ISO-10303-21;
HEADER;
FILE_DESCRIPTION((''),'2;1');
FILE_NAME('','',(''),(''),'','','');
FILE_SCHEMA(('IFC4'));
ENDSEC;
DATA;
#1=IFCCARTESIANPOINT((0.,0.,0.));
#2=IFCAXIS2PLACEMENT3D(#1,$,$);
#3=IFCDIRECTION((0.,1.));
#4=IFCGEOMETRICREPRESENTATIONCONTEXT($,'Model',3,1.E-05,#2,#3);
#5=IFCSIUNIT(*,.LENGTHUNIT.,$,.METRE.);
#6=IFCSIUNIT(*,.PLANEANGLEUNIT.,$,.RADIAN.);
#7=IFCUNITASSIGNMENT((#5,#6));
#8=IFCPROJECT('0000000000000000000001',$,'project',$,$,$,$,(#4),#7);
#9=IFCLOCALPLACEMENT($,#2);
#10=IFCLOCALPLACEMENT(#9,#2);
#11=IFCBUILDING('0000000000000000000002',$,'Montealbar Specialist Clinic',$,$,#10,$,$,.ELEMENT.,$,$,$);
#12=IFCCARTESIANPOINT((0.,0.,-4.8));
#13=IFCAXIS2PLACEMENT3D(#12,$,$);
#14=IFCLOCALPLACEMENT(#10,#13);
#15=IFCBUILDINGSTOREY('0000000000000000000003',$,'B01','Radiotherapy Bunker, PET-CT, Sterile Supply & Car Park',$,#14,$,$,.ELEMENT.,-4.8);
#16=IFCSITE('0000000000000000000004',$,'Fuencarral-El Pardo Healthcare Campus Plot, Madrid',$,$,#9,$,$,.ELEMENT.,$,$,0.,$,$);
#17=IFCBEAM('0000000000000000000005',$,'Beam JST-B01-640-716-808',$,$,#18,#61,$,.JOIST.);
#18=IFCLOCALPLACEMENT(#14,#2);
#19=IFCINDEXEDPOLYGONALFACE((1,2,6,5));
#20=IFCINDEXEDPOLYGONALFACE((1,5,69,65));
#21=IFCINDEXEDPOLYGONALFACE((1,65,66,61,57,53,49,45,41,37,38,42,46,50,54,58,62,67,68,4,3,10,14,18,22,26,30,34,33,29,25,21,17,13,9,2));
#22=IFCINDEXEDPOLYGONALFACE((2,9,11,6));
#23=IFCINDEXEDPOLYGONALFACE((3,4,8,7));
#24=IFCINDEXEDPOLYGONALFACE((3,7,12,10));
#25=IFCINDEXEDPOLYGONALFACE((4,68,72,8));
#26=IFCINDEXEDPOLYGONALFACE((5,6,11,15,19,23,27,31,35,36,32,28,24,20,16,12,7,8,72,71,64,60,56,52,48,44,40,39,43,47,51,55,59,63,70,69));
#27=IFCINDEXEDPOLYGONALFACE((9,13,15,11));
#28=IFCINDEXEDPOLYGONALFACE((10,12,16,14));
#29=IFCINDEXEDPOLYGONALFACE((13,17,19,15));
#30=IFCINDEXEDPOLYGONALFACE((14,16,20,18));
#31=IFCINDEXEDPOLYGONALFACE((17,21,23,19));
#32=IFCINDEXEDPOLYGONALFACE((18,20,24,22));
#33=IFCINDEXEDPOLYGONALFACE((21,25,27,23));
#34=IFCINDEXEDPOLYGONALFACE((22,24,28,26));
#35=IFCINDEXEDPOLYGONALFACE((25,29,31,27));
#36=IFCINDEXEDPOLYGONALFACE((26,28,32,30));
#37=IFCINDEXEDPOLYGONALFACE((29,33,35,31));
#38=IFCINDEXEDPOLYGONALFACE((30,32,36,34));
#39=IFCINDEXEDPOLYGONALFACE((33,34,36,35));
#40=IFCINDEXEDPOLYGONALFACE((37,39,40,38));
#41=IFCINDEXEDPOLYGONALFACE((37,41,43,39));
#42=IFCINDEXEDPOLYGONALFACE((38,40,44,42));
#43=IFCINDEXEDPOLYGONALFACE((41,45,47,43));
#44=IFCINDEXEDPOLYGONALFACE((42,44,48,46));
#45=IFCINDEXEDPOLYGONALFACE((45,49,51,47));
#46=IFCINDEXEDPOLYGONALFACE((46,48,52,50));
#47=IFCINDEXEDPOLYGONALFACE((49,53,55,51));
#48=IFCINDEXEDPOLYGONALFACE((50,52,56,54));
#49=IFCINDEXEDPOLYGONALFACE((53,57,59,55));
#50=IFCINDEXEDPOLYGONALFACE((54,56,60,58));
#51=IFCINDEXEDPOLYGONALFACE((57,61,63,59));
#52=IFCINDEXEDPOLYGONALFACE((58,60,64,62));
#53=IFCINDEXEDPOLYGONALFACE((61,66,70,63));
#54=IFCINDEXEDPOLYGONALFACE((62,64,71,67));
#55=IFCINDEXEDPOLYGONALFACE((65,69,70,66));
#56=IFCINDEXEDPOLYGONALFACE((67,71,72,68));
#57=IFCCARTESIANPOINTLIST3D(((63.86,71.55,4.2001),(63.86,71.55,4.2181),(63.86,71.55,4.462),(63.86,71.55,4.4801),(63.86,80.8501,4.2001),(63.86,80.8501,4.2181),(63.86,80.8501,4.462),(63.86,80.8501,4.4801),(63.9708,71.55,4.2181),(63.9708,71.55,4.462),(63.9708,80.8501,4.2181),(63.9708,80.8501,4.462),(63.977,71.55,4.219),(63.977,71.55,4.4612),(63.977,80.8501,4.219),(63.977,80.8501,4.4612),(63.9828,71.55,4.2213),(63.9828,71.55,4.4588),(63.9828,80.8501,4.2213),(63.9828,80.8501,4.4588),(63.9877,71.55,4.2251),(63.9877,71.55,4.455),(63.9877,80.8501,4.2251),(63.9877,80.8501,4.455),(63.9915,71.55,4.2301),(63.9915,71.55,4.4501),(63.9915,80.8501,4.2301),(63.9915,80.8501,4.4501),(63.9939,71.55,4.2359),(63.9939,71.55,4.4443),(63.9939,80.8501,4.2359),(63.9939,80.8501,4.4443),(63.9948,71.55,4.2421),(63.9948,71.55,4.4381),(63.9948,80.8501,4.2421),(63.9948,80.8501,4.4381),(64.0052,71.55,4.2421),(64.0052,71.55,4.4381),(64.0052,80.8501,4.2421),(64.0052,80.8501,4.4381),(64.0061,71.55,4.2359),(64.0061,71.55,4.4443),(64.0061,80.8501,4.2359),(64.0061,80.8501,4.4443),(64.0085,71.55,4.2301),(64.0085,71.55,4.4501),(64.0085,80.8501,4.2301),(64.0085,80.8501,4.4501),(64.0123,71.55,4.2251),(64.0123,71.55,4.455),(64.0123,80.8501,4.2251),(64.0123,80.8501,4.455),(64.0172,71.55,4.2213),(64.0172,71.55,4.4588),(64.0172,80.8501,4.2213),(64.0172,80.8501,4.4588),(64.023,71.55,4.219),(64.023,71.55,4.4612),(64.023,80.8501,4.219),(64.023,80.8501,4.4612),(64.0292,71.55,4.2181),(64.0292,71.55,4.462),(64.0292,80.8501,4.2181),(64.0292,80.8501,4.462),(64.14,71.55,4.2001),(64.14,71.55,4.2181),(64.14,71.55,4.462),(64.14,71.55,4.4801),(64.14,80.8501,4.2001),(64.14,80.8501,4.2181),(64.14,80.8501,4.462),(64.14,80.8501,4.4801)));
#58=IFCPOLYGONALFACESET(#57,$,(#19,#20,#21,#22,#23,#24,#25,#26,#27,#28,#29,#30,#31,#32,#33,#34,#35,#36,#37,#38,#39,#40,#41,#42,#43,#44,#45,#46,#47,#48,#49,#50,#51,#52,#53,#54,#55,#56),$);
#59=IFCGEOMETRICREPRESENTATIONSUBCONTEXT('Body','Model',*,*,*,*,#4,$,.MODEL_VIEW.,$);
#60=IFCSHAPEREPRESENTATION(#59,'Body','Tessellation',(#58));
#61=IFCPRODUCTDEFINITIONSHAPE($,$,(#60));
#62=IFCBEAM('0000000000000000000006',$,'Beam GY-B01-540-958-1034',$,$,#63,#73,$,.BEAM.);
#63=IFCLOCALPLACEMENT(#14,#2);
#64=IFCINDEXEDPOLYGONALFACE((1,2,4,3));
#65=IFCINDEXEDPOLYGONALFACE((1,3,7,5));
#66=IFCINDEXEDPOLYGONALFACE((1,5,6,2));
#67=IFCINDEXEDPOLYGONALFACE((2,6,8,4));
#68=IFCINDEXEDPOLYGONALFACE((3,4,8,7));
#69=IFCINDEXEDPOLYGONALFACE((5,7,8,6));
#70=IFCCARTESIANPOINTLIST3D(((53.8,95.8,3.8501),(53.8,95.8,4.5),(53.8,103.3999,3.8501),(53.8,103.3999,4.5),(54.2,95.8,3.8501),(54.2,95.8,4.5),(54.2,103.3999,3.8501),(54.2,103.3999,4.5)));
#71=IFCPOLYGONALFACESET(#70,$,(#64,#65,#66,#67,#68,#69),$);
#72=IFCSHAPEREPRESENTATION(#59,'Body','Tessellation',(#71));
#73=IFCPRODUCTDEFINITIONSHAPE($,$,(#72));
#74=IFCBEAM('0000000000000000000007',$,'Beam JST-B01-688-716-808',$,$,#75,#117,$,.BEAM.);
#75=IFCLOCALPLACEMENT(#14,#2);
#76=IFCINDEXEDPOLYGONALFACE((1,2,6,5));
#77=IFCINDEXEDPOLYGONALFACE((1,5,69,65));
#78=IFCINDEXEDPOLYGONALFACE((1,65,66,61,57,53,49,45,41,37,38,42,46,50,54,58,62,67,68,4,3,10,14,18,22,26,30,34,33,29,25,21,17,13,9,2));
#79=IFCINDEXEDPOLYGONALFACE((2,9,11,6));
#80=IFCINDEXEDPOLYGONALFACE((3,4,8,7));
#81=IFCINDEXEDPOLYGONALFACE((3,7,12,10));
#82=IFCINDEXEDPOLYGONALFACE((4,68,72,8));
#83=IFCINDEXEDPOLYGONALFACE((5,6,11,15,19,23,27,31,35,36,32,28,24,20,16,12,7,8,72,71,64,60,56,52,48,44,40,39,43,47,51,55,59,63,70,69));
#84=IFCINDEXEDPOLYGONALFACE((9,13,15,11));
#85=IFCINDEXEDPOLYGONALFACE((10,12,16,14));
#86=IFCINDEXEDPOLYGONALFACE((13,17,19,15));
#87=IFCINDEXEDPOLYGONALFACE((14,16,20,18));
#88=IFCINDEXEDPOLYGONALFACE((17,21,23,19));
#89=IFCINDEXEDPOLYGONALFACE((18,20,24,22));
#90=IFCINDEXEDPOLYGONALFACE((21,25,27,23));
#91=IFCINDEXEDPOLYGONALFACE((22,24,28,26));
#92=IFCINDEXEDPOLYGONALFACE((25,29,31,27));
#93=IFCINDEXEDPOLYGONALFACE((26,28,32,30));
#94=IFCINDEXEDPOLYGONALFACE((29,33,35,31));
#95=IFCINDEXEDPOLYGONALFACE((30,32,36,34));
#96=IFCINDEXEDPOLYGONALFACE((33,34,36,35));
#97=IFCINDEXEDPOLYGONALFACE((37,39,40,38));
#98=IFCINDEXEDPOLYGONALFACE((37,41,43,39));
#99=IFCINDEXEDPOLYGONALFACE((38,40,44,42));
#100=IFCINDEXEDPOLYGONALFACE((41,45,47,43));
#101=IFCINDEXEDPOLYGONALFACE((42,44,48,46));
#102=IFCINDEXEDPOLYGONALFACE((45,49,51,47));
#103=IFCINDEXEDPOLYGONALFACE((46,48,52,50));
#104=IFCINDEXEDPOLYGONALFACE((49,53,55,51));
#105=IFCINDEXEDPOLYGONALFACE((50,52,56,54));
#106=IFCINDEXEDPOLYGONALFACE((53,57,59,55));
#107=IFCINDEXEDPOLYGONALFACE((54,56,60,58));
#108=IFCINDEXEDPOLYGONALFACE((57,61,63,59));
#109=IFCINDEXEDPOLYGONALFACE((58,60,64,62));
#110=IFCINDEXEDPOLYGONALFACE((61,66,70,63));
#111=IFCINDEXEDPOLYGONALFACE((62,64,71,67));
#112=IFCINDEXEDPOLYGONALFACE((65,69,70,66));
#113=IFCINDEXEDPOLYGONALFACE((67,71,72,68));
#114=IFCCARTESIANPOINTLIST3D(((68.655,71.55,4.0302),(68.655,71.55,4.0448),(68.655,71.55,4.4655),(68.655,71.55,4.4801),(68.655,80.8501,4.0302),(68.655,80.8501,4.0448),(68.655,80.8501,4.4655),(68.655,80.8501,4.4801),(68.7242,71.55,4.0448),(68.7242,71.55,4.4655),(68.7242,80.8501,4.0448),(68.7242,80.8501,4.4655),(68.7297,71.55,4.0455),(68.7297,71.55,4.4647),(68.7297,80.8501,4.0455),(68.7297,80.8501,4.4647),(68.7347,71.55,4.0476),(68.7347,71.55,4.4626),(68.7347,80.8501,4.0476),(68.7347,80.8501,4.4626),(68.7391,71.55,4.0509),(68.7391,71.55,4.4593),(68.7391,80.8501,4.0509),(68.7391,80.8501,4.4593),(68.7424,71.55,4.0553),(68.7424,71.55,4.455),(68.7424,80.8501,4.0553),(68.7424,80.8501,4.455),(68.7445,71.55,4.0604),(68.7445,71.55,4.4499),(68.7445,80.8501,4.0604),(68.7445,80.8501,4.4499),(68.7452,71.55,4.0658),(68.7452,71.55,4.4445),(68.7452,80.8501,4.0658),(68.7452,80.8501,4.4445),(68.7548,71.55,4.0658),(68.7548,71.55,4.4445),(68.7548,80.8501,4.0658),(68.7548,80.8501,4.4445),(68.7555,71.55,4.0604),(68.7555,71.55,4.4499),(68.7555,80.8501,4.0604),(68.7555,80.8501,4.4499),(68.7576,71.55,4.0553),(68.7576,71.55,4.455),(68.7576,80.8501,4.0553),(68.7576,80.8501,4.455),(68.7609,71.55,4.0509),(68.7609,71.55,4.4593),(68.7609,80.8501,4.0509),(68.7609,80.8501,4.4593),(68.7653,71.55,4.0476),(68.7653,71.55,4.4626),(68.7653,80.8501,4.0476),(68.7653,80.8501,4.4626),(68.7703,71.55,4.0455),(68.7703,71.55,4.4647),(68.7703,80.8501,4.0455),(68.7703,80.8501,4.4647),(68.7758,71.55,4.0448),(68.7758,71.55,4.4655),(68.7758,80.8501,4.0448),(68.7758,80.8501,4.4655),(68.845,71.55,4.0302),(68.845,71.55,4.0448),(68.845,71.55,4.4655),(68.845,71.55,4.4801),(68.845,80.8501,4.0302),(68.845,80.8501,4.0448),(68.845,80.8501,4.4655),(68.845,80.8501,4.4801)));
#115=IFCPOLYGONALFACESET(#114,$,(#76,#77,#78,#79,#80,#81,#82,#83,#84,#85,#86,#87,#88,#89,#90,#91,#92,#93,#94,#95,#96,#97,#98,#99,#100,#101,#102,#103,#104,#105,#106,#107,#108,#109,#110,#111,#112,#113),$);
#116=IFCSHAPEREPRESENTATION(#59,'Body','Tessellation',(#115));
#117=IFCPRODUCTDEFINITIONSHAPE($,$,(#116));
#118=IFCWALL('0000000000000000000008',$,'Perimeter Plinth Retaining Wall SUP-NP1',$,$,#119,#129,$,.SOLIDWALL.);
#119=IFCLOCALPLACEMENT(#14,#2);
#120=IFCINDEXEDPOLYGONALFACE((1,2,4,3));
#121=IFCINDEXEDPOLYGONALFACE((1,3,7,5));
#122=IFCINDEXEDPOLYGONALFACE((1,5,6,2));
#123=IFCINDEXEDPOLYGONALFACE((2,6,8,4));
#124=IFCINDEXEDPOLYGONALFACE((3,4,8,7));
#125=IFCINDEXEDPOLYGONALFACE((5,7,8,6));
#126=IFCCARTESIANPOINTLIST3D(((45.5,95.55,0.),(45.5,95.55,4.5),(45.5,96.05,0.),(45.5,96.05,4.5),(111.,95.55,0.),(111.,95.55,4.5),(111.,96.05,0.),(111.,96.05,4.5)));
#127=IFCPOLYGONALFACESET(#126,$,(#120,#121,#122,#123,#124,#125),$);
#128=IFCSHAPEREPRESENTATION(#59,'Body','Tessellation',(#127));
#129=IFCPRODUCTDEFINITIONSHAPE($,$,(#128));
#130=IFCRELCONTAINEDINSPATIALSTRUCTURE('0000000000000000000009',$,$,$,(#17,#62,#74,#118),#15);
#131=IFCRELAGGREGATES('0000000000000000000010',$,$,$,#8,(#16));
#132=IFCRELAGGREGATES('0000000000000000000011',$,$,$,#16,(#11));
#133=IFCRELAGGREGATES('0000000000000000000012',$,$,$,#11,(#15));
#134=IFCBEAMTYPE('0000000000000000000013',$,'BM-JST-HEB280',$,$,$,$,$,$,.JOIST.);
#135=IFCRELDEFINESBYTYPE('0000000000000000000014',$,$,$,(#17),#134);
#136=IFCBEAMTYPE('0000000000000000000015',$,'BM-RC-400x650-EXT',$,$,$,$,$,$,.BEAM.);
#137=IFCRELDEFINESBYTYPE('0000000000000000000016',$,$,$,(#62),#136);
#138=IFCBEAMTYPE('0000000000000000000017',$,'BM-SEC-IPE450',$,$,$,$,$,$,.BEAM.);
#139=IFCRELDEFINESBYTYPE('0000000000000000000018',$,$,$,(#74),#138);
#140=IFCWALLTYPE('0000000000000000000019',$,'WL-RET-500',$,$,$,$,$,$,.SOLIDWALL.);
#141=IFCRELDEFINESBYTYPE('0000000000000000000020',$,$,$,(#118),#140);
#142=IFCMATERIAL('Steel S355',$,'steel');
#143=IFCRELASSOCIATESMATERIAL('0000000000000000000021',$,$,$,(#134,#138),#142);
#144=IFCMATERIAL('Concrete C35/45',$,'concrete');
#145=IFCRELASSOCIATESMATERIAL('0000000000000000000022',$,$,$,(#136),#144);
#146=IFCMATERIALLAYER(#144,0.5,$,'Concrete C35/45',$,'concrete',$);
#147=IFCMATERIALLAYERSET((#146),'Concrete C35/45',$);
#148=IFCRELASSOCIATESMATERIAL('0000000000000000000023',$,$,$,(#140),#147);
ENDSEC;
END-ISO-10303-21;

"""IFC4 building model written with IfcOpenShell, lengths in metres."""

from ifc_helpers import new_model, si_unit, direction, frame, frame_2d, origin, origin_2d, place, context, subcontext, project, spatial, rectangle, i_section, extrude, material, layer, layer_set, material_profile, profile_set, type_object, element, save


model = new_model("IFC4")

# Units and contexts
model_context = context("Model", 3, precision=1e-05, world=origin(), true_north=direction((0.0, 1.0)))
body_context = subcontext(model_context, "Body", "Model", "MODEL_VIEW")
ifc_project = project(units=[si_unit("LENGTHUNIT", "METRE"), si_unit("PLANEANGLEUNIT", "RADIAN")], contexts=[model_context])

# Site, building, storey
site_placement = place(None, origin())
site = spatial("IfcSite", under=ifc_project, at=site_placement, Name="Fuencarral-El Pardo Healthcare Campus Plot, Madrid", CompositionType="ELEMENT", RefElevation=0.0)
building_placement = place(site_placement, origin())
building = spatial("IfcBuilding", under=site, at=building_placement, Name="Montealbar Specialist Clinic", CompositionType="ELEMENT")
storey_placement = place(building_placement, frame((0.0, 0.0, -4.8)))
storey = spatial("IfcBuildingStorey", under=building, at=storey_placement, Name="B01", Description="Radiotherapy Bunker, PET-CT, Sterile Supply & Car Park", CompositionType="ELEMENT", Elevation=-4.8)

# Shared definitions
ifc_material_1 = material(Name="Concrete C35/45", Category="concrete")

# Shared definitions
ifc_material_2 = material(Name="Steel S355", Category="steel")

# Beams
ifc_material_profile_1 = material_profile(ifc_material_2, i_section(OverallWidth=0.28, OverallDepth=0.28, WebThickness=0.0105, FlangeThickness=0.0181, FilletRadius=0.0239, at=origin_2d()), Name="HEB 280", Category="steel")
ifc_profile_set_1 = profile_set([ifc_material_profile_1], Name="Steel S355")
beam_type_1 = type_object("IfcBeamType", Name="BM-JST-HEB280", PredefinedType="JOIST", material=ifc_profile_set_1)
beam_1_placement = place(storey_placement, frame((64.0, 71.55, 4.3401), z_axis=(0.0, 1.0, 0.0), x_axis=(-1.0, 0.0, 0.0)))
element("IfcBeam", 1, at=beam_1_placement, inside=storey, type_object=beam_type_1, Name="Beam JST-B01-640-716-808", PredefinedType="JOIST", context=body_context, shape_type="SweptSolid", body=[
    extrude(i_section(OverallWidth=0.28, OverallDepth=0.28, WebThickness=0.0105, FlangeThickness=0.0181, FilletRadius=0.0239, at=origin_2d()), origin(), (0.0, 0.0, 1.0), 9.3),
])
ifc_material_profile_2 = material_profile(ifc_material_1, rectangle(XDim=0.3999, YDim=0.6499, at=origin_2d()), Name="RC 400x650", Category="concrete")
ifc_profile_set_2 = profile_set([ifc_material_profile_2], Name="Concrete C35/45")
beam_type_2 = type_object("IfcBeamType", Name="BM-RC-400x650-EXT", PredefinedType="BEAM", material=ifc_profile_set_2)
beam_2_placement = place(storey_placement, frame((54.0, 95.8, 4.175), z_axis=(0.0, 1.0, 0.0), x_axis=(-1.0, 0.0, 0.0)))
element("IfcBeam", 2, at=beam_2_placement, inside=storey, type_object=beam_type_2, Name="Beam GY-B01-540-958-1034", PredefinedType="BEAM", context=body_context, shape_type="SweptSolid", body=[
    extrude(rectangle(XDim=0.3999, YDim=0.6499, at=origin_2d()), origin(), (0.0, 0.0, 1.0), 7.5999),
])
ifc_material_profile_3 = material_profile(ifc_material_2, i_section(OverallWidth=0.1899, OverallDepth=0.45, WebThickness=0.0095, FlangeThickness=0.0146, FilletRadius=0.021, at=origin_2d()), Name="IPE 450", Category="steel")
ifc_profile_set_3 = profile_set([ifc_material_profile_3], Name="Steel S355")
beam_type_3 = type_object("IfcBeamType", Name="BM-SEC-IPE450", PredefinedType="BEAM", material=ifc_profile_set_3)
beam_3_placement = place(storey_placement, frame((68.75, 71.55, 4.2551), z_axis=(0.0, 1.0, 0.0), x_axis=(-1.0, 0.0, 0.0)))
element("IfcBeam", 3, at=beam_3_placement, inside=storey, type_object=beam_type_3, Name="Beam JST-B01-688-716-808", PredefinedType="BEAM", context=body_context, shape_type="SweptSolid", body=[
    extrude(i_section(OverallWidth=0.1899, OverallDepth=0.45, WebThickness=0.0095, FlangeThickness=0.0146, FilletRadius=0.021, at=origin_2d()), origin(), (0.0, 0.0, 1.0), 9.3),
])

# Wall
ifc_layer = layer(ifc_material_1, 0.5, Name="Concrete C35/45", Category="concrete")
ifc_layer_set = layer_set([ifc_layer], Name="Concrete C35/45")
wall_type = type_object("IfcWallType", Name="WL-RET-500", PredefinedType="SOLIDWALL", material=ifc_layer_set)
wall_placement = place(storey_placement, frame((45.5, 95.8, 0.0), z_axis=(0.0, 0.0, 1.0), x_axis=(1.0, 0.0, 0.0)))
element("IfcWall", 4, at=wall_placement, inside=storey, type_object=wall_type, Name="Perimeter Plinth Retaining Wall SUP-NP1", PredefinedType="SOLIDWALL", context=body_context, shape_type="SweptSolid", body=[
    extrude(rectangle(XDim=65.5, YDim=0.5, at=frame_2d((32.75, 0.0))), origin(), (0.0, 0.0, 1.0), 4.5),
])

save(model, "model.ifc")
